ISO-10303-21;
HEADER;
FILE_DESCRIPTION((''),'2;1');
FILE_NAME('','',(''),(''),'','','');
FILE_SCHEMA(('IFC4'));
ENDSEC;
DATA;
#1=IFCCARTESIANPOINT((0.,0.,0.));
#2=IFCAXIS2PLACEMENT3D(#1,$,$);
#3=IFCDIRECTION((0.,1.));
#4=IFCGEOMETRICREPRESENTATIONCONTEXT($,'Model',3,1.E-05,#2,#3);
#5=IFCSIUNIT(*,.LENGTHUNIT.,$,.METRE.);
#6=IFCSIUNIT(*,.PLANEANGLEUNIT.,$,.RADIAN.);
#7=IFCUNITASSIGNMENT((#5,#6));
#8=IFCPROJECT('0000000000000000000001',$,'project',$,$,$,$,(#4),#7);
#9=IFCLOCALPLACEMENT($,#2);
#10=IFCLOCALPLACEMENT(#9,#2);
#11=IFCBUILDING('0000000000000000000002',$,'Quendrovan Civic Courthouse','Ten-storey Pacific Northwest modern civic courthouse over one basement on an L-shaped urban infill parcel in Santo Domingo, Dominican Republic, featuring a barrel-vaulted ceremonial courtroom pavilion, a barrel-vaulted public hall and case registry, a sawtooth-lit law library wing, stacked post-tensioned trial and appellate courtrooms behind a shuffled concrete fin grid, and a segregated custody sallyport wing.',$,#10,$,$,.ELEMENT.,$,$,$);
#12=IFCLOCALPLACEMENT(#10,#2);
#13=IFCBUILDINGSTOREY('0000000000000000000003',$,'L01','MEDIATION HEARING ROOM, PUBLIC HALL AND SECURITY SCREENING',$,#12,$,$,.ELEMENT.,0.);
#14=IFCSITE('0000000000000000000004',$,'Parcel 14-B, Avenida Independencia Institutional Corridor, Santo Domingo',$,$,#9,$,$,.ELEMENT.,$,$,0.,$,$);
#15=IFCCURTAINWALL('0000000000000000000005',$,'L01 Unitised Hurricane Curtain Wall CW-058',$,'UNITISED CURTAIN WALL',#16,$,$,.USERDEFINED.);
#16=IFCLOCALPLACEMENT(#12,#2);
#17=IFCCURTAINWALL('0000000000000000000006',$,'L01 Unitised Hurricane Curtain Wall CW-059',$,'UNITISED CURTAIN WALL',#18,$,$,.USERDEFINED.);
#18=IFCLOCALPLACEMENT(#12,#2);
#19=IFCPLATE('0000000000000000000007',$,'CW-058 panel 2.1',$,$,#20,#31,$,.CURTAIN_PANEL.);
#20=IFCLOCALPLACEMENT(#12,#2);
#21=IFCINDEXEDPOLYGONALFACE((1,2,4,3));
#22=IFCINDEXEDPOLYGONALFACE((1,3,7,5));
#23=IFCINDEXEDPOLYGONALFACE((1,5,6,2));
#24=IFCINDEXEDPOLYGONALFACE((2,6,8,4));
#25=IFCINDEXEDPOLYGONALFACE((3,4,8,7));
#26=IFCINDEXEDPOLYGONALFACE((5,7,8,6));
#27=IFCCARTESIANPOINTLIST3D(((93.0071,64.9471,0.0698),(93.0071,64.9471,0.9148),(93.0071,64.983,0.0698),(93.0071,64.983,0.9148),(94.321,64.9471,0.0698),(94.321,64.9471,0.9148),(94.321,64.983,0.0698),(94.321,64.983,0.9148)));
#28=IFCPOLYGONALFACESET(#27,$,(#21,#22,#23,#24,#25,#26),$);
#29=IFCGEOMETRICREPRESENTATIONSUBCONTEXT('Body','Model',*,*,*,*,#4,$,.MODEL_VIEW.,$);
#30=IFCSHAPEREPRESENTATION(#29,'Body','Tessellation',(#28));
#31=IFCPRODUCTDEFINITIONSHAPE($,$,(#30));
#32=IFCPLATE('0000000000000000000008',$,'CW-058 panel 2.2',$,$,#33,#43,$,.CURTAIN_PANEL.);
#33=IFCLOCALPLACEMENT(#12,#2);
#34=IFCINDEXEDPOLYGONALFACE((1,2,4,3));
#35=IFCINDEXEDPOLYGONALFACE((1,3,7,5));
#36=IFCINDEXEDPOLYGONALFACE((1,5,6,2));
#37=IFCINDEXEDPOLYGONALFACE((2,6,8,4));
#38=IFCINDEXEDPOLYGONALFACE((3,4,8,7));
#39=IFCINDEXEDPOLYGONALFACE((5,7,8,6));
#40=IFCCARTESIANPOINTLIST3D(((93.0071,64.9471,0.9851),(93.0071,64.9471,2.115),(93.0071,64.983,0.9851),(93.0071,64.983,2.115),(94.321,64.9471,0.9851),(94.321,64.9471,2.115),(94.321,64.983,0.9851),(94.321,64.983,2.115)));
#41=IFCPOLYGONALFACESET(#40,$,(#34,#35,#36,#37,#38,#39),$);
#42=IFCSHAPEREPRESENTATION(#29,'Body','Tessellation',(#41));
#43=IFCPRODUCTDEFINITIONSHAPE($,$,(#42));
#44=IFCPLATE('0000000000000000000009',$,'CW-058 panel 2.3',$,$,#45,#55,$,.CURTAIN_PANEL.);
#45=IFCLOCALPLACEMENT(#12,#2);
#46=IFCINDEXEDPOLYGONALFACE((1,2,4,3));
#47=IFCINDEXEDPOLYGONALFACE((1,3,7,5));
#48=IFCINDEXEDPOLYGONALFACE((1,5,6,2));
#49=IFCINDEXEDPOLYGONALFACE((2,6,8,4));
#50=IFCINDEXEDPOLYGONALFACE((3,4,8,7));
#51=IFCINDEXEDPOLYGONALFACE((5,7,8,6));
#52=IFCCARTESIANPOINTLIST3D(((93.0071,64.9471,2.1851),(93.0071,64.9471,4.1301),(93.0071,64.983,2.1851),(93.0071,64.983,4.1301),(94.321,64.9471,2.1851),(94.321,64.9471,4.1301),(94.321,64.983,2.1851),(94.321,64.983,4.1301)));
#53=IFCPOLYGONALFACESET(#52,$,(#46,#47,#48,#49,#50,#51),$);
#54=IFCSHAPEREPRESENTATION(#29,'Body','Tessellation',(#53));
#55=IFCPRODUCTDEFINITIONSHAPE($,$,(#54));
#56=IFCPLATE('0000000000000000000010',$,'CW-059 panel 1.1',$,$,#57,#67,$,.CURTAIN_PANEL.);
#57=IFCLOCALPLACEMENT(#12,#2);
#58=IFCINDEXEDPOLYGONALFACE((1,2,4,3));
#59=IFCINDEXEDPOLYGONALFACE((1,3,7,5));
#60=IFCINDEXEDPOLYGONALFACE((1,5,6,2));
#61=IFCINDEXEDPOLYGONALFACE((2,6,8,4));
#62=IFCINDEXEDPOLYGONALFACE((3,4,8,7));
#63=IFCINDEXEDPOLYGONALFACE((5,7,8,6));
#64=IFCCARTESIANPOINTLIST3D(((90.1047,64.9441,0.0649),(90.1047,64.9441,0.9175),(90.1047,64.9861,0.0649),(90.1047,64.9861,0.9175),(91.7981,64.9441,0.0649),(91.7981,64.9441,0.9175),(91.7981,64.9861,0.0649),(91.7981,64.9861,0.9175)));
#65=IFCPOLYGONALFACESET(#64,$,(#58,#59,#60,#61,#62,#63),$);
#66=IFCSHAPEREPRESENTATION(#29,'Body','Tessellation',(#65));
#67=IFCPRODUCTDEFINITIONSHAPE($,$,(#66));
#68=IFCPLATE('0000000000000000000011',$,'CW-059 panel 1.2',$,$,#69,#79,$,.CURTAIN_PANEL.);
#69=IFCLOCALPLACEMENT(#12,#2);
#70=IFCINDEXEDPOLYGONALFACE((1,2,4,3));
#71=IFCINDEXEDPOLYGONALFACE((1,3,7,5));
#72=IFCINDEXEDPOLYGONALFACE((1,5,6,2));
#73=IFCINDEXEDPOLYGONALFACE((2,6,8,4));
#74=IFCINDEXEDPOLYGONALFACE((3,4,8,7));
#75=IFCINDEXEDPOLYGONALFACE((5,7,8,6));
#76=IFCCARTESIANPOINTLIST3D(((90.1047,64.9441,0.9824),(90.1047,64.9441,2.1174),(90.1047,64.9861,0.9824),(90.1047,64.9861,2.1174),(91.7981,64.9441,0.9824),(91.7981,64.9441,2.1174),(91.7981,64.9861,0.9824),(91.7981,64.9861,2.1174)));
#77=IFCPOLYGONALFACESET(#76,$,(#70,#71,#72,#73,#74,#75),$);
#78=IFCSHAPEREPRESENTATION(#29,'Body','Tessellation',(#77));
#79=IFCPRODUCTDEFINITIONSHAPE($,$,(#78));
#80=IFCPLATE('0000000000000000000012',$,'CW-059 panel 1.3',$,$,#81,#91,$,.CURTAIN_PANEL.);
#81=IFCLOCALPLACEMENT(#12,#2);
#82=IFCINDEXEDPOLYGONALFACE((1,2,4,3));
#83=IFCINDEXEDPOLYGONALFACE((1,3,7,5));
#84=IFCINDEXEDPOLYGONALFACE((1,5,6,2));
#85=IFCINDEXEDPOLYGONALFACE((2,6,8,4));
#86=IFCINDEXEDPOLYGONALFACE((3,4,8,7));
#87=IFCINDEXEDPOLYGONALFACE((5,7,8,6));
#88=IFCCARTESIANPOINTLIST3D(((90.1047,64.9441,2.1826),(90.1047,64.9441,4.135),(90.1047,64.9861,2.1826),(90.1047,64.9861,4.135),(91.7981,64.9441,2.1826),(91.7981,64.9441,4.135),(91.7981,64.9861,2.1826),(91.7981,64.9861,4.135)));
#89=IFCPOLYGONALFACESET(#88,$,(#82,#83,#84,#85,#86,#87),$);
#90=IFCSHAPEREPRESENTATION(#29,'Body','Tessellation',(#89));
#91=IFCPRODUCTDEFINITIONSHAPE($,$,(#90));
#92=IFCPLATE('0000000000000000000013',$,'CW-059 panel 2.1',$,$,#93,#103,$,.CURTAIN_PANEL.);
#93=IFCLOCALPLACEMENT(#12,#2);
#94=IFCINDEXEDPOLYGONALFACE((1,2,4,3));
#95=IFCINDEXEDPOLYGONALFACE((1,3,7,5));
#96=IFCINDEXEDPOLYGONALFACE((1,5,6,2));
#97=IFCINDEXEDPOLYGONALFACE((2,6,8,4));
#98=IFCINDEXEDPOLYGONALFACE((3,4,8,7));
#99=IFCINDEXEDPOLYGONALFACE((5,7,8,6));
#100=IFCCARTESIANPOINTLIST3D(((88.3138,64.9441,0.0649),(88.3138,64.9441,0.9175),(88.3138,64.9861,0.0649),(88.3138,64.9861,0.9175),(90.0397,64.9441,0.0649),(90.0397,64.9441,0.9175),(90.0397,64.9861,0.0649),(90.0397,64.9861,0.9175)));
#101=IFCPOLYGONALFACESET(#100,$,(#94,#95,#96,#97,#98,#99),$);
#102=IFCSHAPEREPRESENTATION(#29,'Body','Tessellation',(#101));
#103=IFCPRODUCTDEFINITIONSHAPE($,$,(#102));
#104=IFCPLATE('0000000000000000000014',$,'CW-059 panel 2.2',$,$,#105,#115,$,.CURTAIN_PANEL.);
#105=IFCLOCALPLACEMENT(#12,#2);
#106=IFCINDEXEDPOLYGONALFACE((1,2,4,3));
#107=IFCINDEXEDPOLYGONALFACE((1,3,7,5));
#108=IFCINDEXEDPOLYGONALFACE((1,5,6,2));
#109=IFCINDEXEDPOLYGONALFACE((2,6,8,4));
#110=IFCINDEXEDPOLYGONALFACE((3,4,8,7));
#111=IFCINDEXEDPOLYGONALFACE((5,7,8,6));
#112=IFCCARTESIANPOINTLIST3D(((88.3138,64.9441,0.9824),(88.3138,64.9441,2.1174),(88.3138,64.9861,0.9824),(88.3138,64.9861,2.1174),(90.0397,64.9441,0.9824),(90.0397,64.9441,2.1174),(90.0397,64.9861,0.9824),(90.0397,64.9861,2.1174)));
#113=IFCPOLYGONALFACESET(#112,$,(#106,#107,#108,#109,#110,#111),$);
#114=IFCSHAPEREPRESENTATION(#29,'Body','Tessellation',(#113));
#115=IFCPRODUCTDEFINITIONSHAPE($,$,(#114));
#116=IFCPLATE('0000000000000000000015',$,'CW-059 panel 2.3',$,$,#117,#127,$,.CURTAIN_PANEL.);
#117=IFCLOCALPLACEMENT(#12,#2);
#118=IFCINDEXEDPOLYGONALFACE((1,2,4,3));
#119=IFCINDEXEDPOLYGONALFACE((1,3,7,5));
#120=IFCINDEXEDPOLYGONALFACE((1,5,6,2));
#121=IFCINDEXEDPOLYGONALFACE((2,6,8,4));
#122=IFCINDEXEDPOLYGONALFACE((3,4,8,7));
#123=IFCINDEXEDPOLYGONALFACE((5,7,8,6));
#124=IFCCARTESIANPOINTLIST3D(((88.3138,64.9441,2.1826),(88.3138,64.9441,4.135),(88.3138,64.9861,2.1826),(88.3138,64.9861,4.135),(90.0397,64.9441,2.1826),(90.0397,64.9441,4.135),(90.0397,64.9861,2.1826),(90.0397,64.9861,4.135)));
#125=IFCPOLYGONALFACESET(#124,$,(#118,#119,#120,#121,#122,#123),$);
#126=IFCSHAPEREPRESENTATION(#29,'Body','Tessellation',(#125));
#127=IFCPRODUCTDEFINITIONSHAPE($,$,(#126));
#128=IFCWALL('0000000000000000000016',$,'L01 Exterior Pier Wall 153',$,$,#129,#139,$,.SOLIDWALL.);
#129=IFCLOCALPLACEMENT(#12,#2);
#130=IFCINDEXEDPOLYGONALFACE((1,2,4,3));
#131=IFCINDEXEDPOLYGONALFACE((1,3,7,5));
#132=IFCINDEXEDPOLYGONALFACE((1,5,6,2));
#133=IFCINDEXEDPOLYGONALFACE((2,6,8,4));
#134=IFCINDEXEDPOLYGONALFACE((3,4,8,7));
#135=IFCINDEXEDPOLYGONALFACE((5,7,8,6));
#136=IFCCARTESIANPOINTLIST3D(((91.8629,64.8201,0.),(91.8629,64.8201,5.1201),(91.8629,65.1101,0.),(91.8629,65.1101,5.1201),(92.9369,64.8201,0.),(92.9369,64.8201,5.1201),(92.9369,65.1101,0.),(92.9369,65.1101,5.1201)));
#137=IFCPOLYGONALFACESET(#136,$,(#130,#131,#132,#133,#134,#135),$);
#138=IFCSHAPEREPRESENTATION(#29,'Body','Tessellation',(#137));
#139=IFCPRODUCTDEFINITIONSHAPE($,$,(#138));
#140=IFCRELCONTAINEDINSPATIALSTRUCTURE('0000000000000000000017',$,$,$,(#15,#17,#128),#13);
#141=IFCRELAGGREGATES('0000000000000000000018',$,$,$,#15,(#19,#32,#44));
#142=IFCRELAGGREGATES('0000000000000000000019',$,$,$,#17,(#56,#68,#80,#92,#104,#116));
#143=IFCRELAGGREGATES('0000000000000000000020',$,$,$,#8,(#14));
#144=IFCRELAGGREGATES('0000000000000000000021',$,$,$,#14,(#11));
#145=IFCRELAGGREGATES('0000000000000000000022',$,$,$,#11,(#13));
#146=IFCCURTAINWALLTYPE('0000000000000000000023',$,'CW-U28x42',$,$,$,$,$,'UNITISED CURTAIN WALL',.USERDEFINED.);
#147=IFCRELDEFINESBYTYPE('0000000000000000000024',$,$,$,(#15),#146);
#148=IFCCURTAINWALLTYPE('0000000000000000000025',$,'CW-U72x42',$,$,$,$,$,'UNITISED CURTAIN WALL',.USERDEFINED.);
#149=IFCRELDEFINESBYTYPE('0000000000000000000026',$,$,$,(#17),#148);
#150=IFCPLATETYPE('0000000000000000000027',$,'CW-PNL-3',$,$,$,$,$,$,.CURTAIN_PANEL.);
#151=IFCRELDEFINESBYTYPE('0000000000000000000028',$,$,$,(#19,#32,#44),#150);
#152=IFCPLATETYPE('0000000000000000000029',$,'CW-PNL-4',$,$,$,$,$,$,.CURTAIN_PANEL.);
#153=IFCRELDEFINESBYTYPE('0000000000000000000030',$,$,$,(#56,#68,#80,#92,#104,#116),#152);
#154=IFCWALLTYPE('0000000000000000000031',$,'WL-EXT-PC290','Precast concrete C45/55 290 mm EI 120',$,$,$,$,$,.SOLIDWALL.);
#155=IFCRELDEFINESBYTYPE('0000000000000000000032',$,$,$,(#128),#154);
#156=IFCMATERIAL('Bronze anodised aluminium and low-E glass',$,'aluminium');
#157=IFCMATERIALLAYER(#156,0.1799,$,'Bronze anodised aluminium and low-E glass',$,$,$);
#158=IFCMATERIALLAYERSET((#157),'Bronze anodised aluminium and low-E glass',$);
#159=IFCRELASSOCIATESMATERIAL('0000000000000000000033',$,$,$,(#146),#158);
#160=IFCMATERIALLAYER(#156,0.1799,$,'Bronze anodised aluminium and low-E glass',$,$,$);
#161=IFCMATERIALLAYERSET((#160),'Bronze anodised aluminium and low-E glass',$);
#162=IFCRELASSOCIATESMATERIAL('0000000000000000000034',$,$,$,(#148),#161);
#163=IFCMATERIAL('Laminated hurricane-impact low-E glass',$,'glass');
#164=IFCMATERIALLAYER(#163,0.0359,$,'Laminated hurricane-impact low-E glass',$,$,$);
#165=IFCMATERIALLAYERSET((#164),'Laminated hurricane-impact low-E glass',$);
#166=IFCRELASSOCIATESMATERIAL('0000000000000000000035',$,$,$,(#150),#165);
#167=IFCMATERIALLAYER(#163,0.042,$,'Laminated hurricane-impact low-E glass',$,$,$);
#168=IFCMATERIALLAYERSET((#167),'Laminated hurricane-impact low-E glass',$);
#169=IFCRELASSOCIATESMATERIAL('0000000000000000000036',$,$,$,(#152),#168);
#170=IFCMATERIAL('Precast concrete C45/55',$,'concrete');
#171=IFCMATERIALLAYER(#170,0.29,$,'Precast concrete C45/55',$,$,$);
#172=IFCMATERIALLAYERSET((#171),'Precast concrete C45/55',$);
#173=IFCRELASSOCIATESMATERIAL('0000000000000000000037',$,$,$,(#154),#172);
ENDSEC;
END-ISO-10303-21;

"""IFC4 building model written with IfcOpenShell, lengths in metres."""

from ifc_helpers import new_model, si_unit, direction, frame, frame_2d, origin, origin_2d, place, context, subcontext, project, spatial, rectangle, extrude, material, layer, layer_set, type_object, element, aggregate, save


model = new_model("IFC4")

# Units and contexts
model_context = context("Model", 3, precision=1e-05, world=origin(), true_north=direction((0.0, 1.0)))
body_context = subcontext(model_context, "Body", "Model", "MODEL_VIEW")
ifc_project = project(units=[si_unit("LENGTHUNIT", "METRE"), si_unit("PLANEANGLEUNIT", "RADIAN")], contexts=[model_context])

# Site, building, storey
site_placement = place(None, origin())
site = spatial("IfcSite", under=ifc_project, at=site_placement, Name="Parcel 14-B, Avenida Independencia Institutional Corridor, Santo Domingo", CompositionType="ELEMENT", RefElevation=0.0)
building_placement = place(site_placement, origin())
building = spatial("IfcBuilding", under=site, at=building_placement, Name="Quendrovan Civic Courthouse", Description="Ten-storey Pacific Northwest modern civic courthouse over one basement on an L-shaped urban infill parcel in Santo Domingo, Dominican Republic, featuring a barrel-vaulted ceremonial courtroom pavilion, a barrel-vaulted public hall and case registry, a sawtooth-lit law library wing, stacked post-tensioned trial and appellate courtrooms behind a shuffled concrete fin grid, and a segregated custody sallyport wing.", CompositionType="ELEMENT")
storey_placement = place(building_placement, origin())
storey = spatial("IfcBuildingStorey", under=building, at=storey_placement, Name="L01", Description="MEDIATION HEARING ROOM, PUBLIC HALL AND SECURITY SCREENING", CompositionType="ELEMENT", Elevation=0.0)

# Curtain wall
ifc_material_1 = material(Name="Bronze anodised aluminium and low-E glass", Category="aluminium")
ifc_layer_1 = layer(ifc_material_1, 0.1799, Name="Bronze anodised aluminium and low-E glass")
ifc_layer_set_1 = layer_set([ifc_layer_1], Name="Bronze anodised aluminium and low-E glass")
curtain_wall_type_1 = type_object("IfcCurtainWallType", Name="CW-U28x42", ElementType="UNITISED CURTAIN WALL", PredefinedType="USERDEFINED", material=ifc_layer_set_1)
curtain_wall_1_placement = place(storey_placement, origin())
curtain_wall_1 = element("IfcCurtainWall", 1, at=curtain_wall_1_placement, inside=storey, type_object=curtain_wall_type_1, Name="L01 Unitised Hurricane Curtain Wall CW-058", ObjectType="UNITISED CURTAIN WALL", PredefinedType="USERDEFINED")

# Curtain wall
ifc_layer_2 = layer(ifc_material_1, 0.1799, Name="Bronze anodised aluminium and low-E glass")
ifc_layer_set_2 = layer_set([ifc_layer_2], Name="Bronze anodised aluminium and low-E glass")
curtain_wall_type_2 = type_object("IfcCurtainWallType", Name="CW-U72x42", ElementType="UNITISED CURTAIN WALL", PredefinedType="USERDEFINED", material=ifc_layer_set_2)
curtain_wall_2_placement = place(storey_placement, origin())
curtain_wall_2 = element("IfcCurtainWall", 2, at=curtain_wall_2_placement, inside=storey, type_object=curtain_wall_type_2, Name="L01 Unitised Hurricane Curtain Wall CW-059", ObjectType="UNITISED CURTAIN WALL", PredefinedType="USERDEFINED")

# Plates
ifc_material_2 = material(Name="Laminated hurricane-impact low-E glass", Category="glass")
ifc_layer_3 = layer(ifc_material_2, 0.0359, Name="Laminated hurricane-impact low-E glass")
ifc_layer_set_3 = layer_set([ifc_layer_3], Name="Laminated hurricane-impact low-E glass")
plate_type_1 = type_object("IfcPlateType", Name="CW-PNL-3", PredefinedType="CURTAIN_PANEL", material=ifc_layer_set_3)
plate_1_placement = place(storey_placement, frame((93.6641, 64.9651, 0.0698), z_axis=(0.0, 0.0, 1.0), x_axis=(-1.0, 0.0, 0.0)))
plate_1 = element("IfcPlate", 3, at=plate_1_placement, type_object=plate_type_1, Name="CW-058 panel 2.1", PredefinedType="CURTAIN_PANEL", context=body_context, shape_type="SweptSolid", body=[
    extrude(rectangle(XDim=1.314, YDim=0.0359, at=origin_2d()), origin(), (0.0, 0.0, 1.0), 0.845),
])
plate_2_placement = place(storey_placement, frame((93.6641, 64.9651, 0.9851), z_axis=(0.0, 0.0, 1.0), x_axis=(-1.0, 0.0, 0.0)))
plate_2 = element("IfcPlate", 4, at=plate_2_placement, type_object=plate_type_1, Name="CW-058 panel 2.2", PredefinedType="CURTAIN_PANEL", context=body_context, shape_type="SweptSolid", body=[
    extrude(rectangle(XDim=1.314, YDim=0.0359, at=origin_2d()), origin(), (0.0, 0.0, 1.0), 1.1299),
])
plate_3_placement = place(storey_placement, frame((93.6641, 64.9651, 2.1851), z_axis=(0.0, 0.0, 1.0), x_axis=(-1.0, 0.0, 0.0)))
plate_3 = element("IfcPlate", 5, at=plate_3_placement, type_object=plate_type_1, Name="CW-058 panel 2.3", PredefinedType="CURTAIN_PANEL", context=body_context, shape_type="SweptSolid", body=[
    extrude(rectangle(XDim=1.314, YDim=0.0359, at=origin_2d()), origin(), (0.0, 0.0, 1.0), 1.9451),
])
aggregate(curtain_wall_1, [plate_1, plate_2, plate_3])
ifc_layer_4 = layer(ifc_material_2, 0.042, Name="Laminated hurricane-impact low-E glass")
ifc_layer_set_4 = layer_set([ifc_layer_4], Name="Laminated hurricane-impact low-E glass")
plate_type_2 = type_object("IfcPlateType", Name="CW-PNL-4", PredefinedType="CURTAIN_PANEL", material=ifc_layer_set_4)
plate_4_placement = place(storey_placement, frame((90.9514, 64.9651, 0.0649), z_axis=(0.0, 0.0, 1.0), x_axis=(-1.0, 0.0, 0.0)))
plate_4 = element("IfcPlate", 6, at=plate_4_placement, type_object=plate_type_2, Name="CW-059 panel 1.1", PredefinedType="CURTAIN_PANEL", context=body_context, shape_type="SweptSolid", body=[
    extrude(rectangle(XDim=1.6934, YDim=0.042, at=origin_2d()), origin(), (0.0, 0.0, 1.0), 0.8525),
])
plate_5_placement = place(storey_placement, frame((90.9514, 64.9651, 0.9824), z_axis=(0.0, 0.0, 1.0), x_axis=(-1.0, 0.0, 0.0)))
plate_5 = element("IfcPlate", 7, at=plate_5_placement, type_object=plate_type_2, Name="CW-059 panel 1.2", PredefinedType="CURTAIN_PANEL", context=body_context, shape_type="SweptSolid", body=[
    extrude(rectangle(XDim=1.6934, YDim=0.042, at=origin_2d()), origin(), (0.0, 0.0, 1.0), 1.135),
])
plate_6_placement = place(storey_placement, frame((90.9514, 64.9651, 2.1826), z_axis=(0.0, 0.0, 1.0), x_axis=(-1.0, 0.0, 0.0)))
plate_6 = element("IfcPlate", 8, at=plate_6_placement, type_object=plate_type_2, Name="CW-059 panel 1.3", PredefinedType="CURTAIN_PANEL", context=body_context, shape_type="SweptSolid", body=[
    extrude(rectangle(XDim=1.6934, YDim=0.042, at=origin_2d()), origin(), (0.0, 0.0, 1.0), 1.9524),
])
plate_7_placement = place(storey_placement, frame((89.1768, 64.9651, 0.0649), z_axis=(0.0, 0.0, 1.0), x_axis=(-1.0, 0.0, 0.0)))
plate_7 = element("IfcPlate", 9, at=plate_7_placement, type_object=plate_type_2, Name="CW-059 panel 2.1", PredefinedType="CURTAIN_PANEL", context=body_context, shape_type="SweptSolid", body=[
    extrude(rectangle(XDim=1.7258, YDim=0.042, at=origin_2d()), origin(), (0.0, 0.0, 1.0), 0.8525),
])
plate_8_placement = place(storey_placement, frame((89.1768, 64.9651, 0.9824), z_axis=(0.0, 0.0, 1.0), x_axis=(-1.0, 0.0, 0.0)))
plate_8 = element("IfcPlate", 10, at=plate_8_placement, type_object=plate_type_2, Name="CW-059 panel 2.2", PredefinedType="CURTAIN_PANEL", context=body_context, shape_type="SweptSolid", body=[
    extrude(rectangle(XDim=1.7258, YDim=0.042, at=origin_2d()), origin(), (0.0, 0.0, 1.0), 1.135),
])
plate_9_placement = place(storey_placement, frame((89.1768, 64.9651, 2.1826), z_axis=(0.0, 0.0, 1.0), x_axis=(-1.0, 0.0, 0.0)))
plate_9 = element("IfcPlate", 11, at=plate_9_placement, type_object=plate_type_2, Name="CW-059 panel 2.3", PredefinedType="CURTAIN_PANEL", context=body_context, shape_type="SweptSolid", body=[
    extrude(rectangle(XDim=1.7258, YDim=0.042, at=origin_2d()), origin(), (0.0, 0.0, 1.0), 1.9524),
])
aggregate(curtain_wall_2, [plate_4, plate_5, plate_6, plate_7, plate_8, plate_9])

# Wall
ifc_material_3 = material(Name="Precast concrete C45/55", Category="concrete")
ifc_layer_5 = layer(ifc_material_3, 0.29, Name="Precast concrete C45/55")
ifc_layer_set_5 = layer_set([ifc_layer_5], Name="Precast concrete C45/55")
wall_type = type_object("IfcWallType", Name="WL-EXT-PC290", Description="Precast concrete C45/55 290 mm EI 120", PredefinedType="SOLIDWALL", material=ifc_layer_set_5)
wall_placement = place(storey_placement, frame((92.937, 64.9651, 0.0), z_axis=(0.0, 0.0, 1.0), x_axis=(-1.0, 0.0, 0.0)))
element("IfcWall", 12, at=wall_placement, inside=storey, type_object=wall_type, Name="L01 Exterior Pier Wall 153", PredefinedType="SOLIDWALL", context=body_context, shape_type="SweptSolid", body=[
    extrude(rectangle(XDim=1.074, YDim=0.29, at=frame_2d((0.5371, 0.0))), origin(), (0.0, 0.0, 1.0), 5.1201),
])

save(model, "model.ifc")
